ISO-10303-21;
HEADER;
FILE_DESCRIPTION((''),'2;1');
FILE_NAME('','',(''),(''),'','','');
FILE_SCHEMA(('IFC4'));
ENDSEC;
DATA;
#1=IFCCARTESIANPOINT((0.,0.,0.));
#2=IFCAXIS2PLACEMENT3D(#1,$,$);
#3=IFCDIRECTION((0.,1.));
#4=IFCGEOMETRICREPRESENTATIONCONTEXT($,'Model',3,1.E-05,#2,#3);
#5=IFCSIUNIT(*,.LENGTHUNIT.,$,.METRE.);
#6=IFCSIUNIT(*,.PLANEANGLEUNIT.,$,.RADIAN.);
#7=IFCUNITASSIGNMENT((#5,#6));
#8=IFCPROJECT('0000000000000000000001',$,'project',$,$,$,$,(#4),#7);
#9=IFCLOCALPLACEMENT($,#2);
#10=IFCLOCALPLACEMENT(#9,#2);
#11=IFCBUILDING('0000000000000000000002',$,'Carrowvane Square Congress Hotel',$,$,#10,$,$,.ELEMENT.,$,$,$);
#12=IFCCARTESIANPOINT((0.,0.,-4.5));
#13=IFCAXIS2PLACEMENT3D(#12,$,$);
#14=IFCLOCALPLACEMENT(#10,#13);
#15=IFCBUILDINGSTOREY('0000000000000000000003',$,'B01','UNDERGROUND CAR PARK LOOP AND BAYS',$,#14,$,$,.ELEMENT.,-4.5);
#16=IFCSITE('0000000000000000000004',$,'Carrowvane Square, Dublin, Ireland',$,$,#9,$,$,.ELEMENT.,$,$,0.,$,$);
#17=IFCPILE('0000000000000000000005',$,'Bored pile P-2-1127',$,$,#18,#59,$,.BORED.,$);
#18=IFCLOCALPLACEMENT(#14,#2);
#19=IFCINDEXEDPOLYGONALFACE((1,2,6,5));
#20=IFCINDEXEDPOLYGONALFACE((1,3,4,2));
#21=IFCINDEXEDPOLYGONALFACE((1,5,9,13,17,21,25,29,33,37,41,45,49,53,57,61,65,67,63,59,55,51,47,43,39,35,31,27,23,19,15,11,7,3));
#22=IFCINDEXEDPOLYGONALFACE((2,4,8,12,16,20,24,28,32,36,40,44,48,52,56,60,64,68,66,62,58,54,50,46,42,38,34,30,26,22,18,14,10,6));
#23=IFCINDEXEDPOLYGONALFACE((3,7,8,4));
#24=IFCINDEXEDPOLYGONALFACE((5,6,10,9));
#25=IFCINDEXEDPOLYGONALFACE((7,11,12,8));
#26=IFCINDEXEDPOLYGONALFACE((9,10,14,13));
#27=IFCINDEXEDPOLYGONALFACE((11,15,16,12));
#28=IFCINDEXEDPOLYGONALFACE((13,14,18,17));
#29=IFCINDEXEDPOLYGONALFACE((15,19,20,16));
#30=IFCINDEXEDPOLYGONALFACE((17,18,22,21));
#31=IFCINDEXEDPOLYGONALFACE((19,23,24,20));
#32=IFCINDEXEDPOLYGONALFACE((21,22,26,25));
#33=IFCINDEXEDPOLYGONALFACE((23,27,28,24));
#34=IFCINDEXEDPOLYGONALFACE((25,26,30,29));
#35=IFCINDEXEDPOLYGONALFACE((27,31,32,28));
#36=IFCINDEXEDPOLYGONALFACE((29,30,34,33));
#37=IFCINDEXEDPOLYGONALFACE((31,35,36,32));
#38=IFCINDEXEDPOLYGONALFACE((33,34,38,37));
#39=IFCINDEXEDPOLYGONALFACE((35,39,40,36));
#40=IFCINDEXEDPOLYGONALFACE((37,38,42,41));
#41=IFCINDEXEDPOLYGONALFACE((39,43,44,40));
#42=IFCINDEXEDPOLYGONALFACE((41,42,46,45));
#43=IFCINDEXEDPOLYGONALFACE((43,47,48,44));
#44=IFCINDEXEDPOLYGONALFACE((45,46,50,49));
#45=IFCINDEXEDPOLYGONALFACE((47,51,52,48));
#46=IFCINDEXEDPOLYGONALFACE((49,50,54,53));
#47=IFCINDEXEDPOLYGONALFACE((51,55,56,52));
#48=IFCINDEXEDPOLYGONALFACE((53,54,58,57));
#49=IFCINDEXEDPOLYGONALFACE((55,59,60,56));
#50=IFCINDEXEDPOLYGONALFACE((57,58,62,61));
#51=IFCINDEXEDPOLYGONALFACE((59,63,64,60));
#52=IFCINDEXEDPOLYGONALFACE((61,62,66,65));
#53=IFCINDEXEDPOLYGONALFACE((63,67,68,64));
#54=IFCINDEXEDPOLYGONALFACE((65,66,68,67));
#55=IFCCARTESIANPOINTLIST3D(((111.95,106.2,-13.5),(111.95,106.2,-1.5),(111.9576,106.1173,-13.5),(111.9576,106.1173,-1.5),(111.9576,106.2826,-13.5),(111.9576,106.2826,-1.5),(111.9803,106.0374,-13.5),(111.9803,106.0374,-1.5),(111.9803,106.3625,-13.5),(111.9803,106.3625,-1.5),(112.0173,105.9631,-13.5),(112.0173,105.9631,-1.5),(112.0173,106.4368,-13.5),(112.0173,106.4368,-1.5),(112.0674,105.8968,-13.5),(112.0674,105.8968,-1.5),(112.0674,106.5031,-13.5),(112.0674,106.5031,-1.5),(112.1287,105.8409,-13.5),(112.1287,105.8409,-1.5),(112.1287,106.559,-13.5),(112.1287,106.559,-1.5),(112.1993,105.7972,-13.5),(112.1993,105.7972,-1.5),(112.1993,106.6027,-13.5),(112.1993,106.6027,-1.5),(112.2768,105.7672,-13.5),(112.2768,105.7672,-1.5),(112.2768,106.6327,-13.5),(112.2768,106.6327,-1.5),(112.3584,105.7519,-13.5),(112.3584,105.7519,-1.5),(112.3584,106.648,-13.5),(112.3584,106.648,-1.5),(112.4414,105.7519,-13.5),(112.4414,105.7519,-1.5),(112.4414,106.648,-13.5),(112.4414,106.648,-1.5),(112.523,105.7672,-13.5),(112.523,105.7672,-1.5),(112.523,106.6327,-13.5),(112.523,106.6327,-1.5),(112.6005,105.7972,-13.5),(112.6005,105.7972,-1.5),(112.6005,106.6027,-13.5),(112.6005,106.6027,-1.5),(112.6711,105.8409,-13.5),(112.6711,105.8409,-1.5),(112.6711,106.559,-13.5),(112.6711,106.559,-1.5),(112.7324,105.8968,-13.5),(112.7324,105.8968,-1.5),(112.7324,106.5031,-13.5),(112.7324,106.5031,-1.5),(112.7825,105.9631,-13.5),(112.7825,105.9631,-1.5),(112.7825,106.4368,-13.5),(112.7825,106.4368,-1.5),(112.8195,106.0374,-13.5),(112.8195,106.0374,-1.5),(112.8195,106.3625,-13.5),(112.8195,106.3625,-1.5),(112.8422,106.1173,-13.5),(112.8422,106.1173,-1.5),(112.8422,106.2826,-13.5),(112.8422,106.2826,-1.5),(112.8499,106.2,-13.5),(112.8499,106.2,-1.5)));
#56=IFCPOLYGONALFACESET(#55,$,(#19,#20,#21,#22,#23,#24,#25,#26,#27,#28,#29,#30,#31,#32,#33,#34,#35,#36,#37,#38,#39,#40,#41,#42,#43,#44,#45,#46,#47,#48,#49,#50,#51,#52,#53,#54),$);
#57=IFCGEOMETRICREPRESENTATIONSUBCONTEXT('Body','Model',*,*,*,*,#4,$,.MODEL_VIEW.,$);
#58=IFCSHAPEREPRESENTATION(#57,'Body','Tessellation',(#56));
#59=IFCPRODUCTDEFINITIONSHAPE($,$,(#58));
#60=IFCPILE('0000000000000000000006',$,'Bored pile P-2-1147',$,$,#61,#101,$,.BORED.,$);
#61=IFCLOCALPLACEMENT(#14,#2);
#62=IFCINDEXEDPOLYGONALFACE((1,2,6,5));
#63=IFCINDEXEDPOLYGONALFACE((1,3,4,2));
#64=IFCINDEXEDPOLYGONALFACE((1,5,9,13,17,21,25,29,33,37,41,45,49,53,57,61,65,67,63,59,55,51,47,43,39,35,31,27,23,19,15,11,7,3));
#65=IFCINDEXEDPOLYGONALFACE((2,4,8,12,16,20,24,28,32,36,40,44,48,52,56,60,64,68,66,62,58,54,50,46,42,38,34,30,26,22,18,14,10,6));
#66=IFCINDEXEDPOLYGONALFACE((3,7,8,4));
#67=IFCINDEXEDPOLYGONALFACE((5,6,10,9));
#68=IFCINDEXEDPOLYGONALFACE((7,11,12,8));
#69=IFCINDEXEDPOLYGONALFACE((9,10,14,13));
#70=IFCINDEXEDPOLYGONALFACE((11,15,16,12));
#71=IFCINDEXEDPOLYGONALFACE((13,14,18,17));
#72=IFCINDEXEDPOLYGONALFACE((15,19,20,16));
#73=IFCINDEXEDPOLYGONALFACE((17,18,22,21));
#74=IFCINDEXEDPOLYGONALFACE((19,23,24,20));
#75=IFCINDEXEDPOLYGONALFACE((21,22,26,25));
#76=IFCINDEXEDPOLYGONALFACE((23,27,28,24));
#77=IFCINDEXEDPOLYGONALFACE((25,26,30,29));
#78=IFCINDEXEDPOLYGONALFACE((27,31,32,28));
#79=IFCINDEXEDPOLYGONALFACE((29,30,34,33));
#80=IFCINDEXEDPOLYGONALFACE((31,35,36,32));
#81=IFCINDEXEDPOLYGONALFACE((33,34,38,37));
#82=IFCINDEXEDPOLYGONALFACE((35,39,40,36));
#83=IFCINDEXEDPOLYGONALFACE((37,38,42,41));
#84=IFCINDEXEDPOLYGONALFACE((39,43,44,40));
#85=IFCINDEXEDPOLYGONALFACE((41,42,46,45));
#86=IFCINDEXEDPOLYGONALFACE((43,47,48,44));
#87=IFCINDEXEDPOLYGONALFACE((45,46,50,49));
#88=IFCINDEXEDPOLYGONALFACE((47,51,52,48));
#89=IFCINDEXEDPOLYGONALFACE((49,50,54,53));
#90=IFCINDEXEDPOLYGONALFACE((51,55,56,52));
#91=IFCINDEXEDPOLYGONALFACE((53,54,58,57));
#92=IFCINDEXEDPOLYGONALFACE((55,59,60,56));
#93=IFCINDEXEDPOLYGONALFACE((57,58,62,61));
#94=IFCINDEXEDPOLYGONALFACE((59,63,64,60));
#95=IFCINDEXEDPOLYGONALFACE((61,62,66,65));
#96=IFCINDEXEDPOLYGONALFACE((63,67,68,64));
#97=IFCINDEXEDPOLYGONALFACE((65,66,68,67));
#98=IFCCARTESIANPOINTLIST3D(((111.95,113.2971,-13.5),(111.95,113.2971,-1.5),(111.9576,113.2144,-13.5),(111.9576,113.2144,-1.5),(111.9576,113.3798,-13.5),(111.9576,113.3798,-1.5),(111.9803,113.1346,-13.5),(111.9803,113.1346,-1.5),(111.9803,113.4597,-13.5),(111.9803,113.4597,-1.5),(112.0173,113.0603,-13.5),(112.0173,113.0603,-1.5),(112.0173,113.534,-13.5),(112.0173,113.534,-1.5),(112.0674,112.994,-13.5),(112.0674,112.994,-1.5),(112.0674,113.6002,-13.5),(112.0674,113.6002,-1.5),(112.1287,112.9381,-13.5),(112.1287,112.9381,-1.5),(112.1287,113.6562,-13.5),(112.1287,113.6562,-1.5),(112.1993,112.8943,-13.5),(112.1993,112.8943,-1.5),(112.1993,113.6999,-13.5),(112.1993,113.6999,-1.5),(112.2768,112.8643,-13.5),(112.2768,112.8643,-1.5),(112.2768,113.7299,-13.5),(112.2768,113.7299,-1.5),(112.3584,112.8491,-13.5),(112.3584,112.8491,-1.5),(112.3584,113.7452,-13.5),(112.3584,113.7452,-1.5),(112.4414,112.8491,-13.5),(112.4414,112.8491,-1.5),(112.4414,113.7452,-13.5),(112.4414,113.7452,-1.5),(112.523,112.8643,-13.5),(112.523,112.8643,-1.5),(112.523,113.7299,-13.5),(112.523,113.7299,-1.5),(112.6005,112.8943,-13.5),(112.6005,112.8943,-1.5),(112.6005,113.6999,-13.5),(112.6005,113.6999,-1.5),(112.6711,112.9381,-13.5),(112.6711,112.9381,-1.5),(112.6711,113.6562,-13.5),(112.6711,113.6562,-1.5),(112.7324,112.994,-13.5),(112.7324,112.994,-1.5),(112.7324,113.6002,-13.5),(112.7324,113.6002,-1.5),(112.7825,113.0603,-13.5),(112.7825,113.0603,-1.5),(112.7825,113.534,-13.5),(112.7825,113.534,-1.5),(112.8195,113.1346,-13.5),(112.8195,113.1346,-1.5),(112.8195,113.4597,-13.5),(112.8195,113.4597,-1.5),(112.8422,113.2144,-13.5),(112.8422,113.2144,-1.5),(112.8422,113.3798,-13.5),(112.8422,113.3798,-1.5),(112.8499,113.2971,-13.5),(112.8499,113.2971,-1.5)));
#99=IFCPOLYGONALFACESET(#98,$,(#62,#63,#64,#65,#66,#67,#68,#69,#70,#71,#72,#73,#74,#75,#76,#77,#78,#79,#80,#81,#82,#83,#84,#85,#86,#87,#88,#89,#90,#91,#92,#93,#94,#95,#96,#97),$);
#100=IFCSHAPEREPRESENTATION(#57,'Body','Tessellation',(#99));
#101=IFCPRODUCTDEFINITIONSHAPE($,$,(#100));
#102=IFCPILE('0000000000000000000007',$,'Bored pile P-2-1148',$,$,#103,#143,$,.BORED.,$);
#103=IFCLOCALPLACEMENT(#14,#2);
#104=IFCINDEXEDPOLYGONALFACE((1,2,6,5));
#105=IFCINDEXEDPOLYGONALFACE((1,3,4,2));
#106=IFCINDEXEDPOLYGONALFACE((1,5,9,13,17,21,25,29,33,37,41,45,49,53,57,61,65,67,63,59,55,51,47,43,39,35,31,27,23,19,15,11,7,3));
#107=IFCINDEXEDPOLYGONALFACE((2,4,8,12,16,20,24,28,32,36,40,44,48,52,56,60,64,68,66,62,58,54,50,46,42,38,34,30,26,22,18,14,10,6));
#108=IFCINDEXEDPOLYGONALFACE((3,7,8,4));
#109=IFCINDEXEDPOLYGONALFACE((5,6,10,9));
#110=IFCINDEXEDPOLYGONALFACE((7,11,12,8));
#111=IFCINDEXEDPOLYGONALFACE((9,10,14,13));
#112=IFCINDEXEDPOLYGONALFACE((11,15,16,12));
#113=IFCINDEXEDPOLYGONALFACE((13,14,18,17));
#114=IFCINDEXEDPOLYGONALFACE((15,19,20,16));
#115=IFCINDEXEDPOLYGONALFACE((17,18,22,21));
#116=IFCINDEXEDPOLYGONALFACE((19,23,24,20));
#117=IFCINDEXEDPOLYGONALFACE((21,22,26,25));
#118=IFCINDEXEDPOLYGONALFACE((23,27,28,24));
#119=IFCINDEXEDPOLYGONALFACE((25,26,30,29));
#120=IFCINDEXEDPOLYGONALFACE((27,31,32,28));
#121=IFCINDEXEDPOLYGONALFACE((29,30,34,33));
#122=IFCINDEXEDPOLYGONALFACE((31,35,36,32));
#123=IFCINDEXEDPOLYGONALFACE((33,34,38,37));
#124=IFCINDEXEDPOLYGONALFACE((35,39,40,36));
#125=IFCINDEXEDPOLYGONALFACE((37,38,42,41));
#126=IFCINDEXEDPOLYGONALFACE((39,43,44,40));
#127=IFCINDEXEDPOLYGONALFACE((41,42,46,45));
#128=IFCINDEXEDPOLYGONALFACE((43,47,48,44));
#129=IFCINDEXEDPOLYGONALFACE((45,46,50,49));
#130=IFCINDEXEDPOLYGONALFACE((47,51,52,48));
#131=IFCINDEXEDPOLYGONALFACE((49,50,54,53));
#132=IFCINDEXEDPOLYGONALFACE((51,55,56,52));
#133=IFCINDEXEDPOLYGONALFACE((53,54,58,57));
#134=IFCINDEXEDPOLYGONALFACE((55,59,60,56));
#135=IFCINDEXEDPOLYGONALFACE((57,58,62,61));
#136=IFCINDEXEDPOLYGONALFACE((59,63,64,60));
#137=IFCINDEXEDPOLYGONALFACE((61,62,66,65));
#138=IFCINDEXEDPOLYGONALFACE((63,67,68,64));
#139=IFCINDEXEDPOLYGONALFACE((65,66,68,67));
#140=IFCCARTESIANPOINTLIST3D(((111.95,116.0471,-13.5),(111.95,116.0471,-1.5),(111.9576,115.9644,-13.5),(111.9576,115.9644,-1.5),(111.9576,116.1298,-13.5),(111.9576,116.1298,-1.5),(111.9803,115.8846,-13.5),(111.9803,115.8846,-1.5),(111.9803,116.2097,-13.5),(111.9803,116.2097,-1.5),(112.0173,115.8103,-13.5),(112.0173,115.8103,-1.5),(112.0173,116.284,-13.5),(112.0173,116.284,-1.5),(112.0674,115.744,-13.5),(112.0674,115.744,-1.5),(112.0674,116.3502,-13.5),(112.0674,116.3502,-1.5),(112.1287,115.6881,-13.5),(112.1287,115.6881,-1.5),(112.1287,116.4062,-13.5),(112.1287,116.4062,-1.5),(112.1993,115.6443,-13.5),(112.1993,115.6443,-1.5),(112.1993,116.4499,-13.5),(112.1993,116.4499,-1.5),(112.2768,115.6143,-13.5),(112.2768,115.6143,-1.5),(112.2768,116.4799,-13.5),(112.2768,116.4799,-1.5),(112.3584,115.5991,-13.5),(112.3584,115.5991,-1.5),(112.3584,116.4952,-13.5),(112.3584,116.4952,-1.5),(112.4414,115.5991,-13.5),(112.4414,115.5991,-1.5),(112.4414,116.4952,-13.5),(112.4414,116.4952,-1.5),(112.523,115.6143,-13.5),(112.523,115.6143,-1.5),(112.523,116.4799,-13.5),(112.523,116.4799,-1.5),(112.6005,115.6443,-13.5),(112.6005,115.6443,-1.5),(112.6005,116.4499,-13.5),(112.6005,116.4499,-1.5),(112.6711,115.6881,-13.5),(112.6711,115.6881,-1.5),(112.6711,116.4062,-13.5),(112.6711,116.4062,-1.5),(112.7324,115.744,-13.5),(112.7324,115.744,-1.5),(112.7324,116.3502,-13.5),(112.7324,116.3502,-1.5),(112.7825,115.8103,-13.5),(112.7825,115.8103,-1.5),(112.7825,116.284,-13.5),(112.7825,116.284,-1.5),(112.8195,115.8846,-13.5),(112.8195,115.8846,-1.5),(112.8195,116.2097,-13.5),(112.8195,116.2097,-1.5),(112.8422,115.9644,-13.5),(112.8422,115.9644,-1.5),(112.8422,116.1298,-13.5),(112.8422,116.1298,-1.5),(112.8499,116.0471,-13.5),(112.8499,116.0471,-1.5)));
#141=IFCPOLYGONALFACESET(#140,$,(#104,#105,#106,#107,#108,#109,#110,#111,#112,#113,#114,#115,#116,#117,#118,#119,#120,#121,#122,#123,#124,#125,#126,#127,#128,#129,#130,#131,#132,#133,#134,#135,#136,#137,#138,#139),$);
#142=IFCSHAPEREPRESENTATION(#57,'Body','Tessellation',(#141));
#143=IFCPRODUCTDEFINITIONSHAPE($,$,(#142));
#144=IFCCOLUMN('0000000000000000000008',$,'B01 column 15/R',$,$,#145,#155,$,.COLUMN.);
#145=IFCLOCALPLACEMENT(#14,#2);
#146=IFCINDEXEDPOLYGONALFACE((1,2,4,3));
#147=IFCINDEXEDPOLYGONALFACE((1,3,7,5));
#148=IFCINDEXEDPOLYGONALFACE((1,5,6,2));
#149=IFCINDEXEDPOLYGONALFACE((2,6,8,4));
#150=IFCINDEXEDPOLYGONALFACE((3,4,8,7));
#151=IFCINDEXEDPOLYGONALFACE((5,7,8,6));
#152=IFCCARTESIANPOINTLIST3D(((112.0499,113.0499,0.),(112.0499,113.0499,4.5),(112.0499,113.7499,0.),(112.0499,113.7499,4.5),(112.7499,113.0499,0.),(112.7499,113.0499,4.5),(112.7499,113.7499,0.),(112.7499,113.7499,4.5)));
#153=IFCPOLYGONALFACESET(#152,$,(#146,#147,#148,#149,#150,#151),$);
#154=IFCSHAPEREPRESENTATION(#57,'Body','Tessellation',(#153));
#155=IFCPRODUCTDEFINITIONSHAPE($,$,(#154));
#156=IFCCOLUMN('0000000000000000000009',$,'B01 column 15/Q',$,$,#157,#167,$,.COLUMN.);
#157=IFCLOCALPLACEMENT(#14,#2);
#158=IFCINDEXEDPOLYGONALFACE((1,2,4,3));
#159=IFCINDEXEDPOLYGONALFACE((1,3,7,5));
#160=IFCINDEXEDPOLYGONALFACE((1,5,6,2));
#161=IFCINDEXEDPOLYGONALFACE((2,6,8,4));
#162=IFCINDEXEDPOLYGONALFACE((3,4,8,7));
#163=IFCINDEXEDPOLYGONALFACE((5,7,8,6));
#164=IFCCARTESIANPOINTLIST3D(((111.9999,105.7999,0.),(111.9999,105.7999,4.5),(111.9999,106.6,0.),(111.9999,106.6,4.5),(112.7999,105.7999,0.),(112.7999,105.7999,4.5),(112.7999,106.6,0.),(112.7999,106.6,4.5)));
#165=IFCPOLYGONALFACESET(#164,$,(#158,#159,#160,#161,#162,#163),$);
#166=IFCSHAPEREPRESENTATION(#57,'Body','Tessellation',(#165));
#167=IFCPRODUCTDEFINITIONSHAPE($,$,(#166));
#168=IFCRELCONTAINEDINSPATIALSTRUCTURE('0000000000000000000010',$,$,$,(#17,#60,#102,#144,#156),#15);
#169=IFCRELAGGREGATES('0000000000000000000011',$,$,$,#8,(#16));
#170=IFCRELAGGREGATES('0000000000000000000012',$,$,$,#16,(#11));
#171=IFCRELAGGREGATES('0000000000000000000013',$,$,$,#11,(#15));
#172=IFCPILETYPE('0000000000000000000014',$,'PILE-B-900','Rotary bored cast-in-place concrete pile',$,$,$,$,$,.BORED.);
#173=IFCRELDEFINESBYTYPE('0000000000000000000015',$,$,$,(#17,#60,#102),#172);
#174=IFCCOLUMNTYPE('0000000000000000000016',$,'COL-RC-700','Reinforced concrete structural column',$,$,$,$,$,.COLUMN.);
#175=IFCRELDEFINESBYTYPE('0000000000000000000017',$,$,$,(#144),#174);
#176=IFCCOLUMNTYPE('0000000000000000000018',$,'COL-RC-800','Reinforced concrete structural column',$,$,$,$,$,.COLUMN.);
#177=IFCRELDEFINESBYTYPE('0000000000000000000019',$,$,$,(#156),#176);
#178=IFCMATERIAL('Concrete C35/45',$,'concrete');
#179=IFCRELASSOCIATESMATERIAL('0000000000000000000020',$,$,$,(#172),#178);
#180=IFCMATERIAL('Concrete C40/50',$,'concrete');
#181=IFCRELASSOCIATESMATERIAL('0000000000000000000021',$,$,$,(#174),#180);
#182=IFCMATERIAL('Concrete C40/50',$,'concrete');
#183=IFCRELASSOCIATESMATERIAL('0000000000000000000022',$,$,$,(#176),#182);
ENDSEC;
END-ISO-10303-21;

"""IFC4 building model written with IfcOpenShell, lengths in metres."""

from ifc_helpers import new_model, si_unit, direction, frame, origin, origin_2d, place, context, subcontext, project, spatial, rectangle, circle, extrude, material, material_profile, profile_set, type_object, element, save


model = new_model("IFC4")

# Units and contexts
model_context = context("Model", 3, precision=1e-05, world=origin(), true_north=direction((0.0, 1.0)))
body_context = subcontext(model_context, "Body", "Model", "MODEL_VIEW")
ifc_project = project(units=[si_unit("LENGTHUNIT", "METRE"), si_unit("PLANEANGLEUNIT", "RADIAN")], contexts=[model_context])

# Site, building, storey
site_placement = place(None, origin())
site = spatial("IfcSite", under=ifc_project, at=site_placement, Name="Carrowvane Square, Dublin, Ireland", CompositionType="ELEMENT", RefElevation=0.0)
building_placement = place(site_placement, origin())
building = spatial("IfcBuilding", under=site, at=building_placement, Name="Carrowvane Square Congress Hotel", CompositionType="ELEMENT")
storey_placement = place(building_placement, frame((0.0, 0.0, -4.5)))
storey = spatial("IfcBuildingStorey", under=building, at=storey_placement, Name="B01", Description="UNDERGROUND CAR PARK LOOP AND BAYS", CompositionType="ELEMENT", Elevation=-4.5)

# Piles
ifc_material_1 = material(Name="Concrete C35/45", Category="concrete")
ifc_material_profile_1 = material_profile(ifc_material_1, circle(Radius=0.45, at=origin_2d()), Name="PILE D900")
ifc_profile_set_1 = profile_set([ifc_material_profile_1], Name="Concrete C35/45")
pile_type_1 = type_object("IfcPileType", Name="PILE-B-900", Description="Rotary bored cast-in-place concrete pile", PredefinedType="BORED", material=ifc_profile_set_1)
for number, where, z_axis, x_axis, name in (
    (1, (112.3999, 106.2, -1.5), (0.0, 0.0, -1.0), (1.0, 0.0, 0.0), "Bored pile P-2-1127"),
    (2, (112.3999, 113.2971, -1.5), (0.0, 0.0, -1.0), (1.0, 0.0, 0.0), "Bored pile P-2-1147"),
    (3, (112.3999, 116.0471, -1.5), (0.0, 0.0, -1.0), (1.0, 0.0, 0.0), "Bored pile P-2-1148"),
):
    element("IfcPile", number, at=place(storey_placement, frame(where, z_axis=z_axis, x_axis=x_axis)), inside=storey, type_object=pile_type_1, Name=name, PredefinedType="BORED", context=body_context, shape_type="SweptSolid", body=[
        extrude(circle(Radius=0.45, at=origin_2d()), origin(), (0.0, 0.0, 1.0), 12.0),
    ])

# Columns
ifc_material_2 = material(Name="Concrete C40/50", Category="concrete")
ifc_material_profile_2 = material_profile(ifc_material_2, rectangle(XDim=0.7, YDim=0.7, at=origin_2d()), Name="RC 700x700")
ifc_profile_set_2 = profile_set([ifc_material_profile_2], Name="Concrete C40/50")
column_type_1 = type_object("IfcColumnType", Name="COL-RC-700", Description="Reinforced concrete structural column", PredefinedType="COLUMN", material=ifc_profile_set_2)
column_1_placement = place(storey_placement, frame((112.3999, 113.3999, 0.0), z_axis=(0.0, 0.0, 1.0), x_axis=(1.0, 0.0, 0.0)))
element("IfcColumn", 4, at=column_1_placement, inside=storey, type_object=column_type_1, Name="B01 column 15/R", PredefinedType="COLUMN", context=body_context, shape_type="SweptSolid", body=[
    extrude(rectangle(XDim=0.7, YDim=0.7, at=origin_2d()), origin(), (0.0, 0.0, 1.0), 4.5),
])
ifc_material_3 = material(Name="Concrete C40/50", Category="concrete")
ifc_material_profile_3 = material_profile(ifc_material_3, rectangle(XDim=0.8, YDim=0.8, at=origin_2d()), Name="RC 800x800")
ifc_profile_set_3 = profile_set([ifc_material_profile_3], Name="Concrete C40/50")
column_type_2 = type_object("IfcColumnType", Name="COL-RC-800", Description="Reinforced concrete structural column", PredefinedType="COLUMN", material=ifc_profile_set_3)
column_2_placement = place(storey_placement, frame((112.3999, 106.2, 0.0), z_axis=(0.0, 0.0, 1.0), x_axis=(1.0, 0.0, 0.0)))
element("IfcColumn", 5, at=column_2_placement, inside=storey, type_object=column_type_2, Name="B01 column 15/Q", PredefinedType="COLUMN", context=body_context, shape_type="SweptSolid", body=[
    extrude(rectangle(XDim=0.8, YDim=0.8, at=origin_2d()), origin(), (0.0, 0.0, 1.0), 4.5),
])

save(model, "model.ifc")
